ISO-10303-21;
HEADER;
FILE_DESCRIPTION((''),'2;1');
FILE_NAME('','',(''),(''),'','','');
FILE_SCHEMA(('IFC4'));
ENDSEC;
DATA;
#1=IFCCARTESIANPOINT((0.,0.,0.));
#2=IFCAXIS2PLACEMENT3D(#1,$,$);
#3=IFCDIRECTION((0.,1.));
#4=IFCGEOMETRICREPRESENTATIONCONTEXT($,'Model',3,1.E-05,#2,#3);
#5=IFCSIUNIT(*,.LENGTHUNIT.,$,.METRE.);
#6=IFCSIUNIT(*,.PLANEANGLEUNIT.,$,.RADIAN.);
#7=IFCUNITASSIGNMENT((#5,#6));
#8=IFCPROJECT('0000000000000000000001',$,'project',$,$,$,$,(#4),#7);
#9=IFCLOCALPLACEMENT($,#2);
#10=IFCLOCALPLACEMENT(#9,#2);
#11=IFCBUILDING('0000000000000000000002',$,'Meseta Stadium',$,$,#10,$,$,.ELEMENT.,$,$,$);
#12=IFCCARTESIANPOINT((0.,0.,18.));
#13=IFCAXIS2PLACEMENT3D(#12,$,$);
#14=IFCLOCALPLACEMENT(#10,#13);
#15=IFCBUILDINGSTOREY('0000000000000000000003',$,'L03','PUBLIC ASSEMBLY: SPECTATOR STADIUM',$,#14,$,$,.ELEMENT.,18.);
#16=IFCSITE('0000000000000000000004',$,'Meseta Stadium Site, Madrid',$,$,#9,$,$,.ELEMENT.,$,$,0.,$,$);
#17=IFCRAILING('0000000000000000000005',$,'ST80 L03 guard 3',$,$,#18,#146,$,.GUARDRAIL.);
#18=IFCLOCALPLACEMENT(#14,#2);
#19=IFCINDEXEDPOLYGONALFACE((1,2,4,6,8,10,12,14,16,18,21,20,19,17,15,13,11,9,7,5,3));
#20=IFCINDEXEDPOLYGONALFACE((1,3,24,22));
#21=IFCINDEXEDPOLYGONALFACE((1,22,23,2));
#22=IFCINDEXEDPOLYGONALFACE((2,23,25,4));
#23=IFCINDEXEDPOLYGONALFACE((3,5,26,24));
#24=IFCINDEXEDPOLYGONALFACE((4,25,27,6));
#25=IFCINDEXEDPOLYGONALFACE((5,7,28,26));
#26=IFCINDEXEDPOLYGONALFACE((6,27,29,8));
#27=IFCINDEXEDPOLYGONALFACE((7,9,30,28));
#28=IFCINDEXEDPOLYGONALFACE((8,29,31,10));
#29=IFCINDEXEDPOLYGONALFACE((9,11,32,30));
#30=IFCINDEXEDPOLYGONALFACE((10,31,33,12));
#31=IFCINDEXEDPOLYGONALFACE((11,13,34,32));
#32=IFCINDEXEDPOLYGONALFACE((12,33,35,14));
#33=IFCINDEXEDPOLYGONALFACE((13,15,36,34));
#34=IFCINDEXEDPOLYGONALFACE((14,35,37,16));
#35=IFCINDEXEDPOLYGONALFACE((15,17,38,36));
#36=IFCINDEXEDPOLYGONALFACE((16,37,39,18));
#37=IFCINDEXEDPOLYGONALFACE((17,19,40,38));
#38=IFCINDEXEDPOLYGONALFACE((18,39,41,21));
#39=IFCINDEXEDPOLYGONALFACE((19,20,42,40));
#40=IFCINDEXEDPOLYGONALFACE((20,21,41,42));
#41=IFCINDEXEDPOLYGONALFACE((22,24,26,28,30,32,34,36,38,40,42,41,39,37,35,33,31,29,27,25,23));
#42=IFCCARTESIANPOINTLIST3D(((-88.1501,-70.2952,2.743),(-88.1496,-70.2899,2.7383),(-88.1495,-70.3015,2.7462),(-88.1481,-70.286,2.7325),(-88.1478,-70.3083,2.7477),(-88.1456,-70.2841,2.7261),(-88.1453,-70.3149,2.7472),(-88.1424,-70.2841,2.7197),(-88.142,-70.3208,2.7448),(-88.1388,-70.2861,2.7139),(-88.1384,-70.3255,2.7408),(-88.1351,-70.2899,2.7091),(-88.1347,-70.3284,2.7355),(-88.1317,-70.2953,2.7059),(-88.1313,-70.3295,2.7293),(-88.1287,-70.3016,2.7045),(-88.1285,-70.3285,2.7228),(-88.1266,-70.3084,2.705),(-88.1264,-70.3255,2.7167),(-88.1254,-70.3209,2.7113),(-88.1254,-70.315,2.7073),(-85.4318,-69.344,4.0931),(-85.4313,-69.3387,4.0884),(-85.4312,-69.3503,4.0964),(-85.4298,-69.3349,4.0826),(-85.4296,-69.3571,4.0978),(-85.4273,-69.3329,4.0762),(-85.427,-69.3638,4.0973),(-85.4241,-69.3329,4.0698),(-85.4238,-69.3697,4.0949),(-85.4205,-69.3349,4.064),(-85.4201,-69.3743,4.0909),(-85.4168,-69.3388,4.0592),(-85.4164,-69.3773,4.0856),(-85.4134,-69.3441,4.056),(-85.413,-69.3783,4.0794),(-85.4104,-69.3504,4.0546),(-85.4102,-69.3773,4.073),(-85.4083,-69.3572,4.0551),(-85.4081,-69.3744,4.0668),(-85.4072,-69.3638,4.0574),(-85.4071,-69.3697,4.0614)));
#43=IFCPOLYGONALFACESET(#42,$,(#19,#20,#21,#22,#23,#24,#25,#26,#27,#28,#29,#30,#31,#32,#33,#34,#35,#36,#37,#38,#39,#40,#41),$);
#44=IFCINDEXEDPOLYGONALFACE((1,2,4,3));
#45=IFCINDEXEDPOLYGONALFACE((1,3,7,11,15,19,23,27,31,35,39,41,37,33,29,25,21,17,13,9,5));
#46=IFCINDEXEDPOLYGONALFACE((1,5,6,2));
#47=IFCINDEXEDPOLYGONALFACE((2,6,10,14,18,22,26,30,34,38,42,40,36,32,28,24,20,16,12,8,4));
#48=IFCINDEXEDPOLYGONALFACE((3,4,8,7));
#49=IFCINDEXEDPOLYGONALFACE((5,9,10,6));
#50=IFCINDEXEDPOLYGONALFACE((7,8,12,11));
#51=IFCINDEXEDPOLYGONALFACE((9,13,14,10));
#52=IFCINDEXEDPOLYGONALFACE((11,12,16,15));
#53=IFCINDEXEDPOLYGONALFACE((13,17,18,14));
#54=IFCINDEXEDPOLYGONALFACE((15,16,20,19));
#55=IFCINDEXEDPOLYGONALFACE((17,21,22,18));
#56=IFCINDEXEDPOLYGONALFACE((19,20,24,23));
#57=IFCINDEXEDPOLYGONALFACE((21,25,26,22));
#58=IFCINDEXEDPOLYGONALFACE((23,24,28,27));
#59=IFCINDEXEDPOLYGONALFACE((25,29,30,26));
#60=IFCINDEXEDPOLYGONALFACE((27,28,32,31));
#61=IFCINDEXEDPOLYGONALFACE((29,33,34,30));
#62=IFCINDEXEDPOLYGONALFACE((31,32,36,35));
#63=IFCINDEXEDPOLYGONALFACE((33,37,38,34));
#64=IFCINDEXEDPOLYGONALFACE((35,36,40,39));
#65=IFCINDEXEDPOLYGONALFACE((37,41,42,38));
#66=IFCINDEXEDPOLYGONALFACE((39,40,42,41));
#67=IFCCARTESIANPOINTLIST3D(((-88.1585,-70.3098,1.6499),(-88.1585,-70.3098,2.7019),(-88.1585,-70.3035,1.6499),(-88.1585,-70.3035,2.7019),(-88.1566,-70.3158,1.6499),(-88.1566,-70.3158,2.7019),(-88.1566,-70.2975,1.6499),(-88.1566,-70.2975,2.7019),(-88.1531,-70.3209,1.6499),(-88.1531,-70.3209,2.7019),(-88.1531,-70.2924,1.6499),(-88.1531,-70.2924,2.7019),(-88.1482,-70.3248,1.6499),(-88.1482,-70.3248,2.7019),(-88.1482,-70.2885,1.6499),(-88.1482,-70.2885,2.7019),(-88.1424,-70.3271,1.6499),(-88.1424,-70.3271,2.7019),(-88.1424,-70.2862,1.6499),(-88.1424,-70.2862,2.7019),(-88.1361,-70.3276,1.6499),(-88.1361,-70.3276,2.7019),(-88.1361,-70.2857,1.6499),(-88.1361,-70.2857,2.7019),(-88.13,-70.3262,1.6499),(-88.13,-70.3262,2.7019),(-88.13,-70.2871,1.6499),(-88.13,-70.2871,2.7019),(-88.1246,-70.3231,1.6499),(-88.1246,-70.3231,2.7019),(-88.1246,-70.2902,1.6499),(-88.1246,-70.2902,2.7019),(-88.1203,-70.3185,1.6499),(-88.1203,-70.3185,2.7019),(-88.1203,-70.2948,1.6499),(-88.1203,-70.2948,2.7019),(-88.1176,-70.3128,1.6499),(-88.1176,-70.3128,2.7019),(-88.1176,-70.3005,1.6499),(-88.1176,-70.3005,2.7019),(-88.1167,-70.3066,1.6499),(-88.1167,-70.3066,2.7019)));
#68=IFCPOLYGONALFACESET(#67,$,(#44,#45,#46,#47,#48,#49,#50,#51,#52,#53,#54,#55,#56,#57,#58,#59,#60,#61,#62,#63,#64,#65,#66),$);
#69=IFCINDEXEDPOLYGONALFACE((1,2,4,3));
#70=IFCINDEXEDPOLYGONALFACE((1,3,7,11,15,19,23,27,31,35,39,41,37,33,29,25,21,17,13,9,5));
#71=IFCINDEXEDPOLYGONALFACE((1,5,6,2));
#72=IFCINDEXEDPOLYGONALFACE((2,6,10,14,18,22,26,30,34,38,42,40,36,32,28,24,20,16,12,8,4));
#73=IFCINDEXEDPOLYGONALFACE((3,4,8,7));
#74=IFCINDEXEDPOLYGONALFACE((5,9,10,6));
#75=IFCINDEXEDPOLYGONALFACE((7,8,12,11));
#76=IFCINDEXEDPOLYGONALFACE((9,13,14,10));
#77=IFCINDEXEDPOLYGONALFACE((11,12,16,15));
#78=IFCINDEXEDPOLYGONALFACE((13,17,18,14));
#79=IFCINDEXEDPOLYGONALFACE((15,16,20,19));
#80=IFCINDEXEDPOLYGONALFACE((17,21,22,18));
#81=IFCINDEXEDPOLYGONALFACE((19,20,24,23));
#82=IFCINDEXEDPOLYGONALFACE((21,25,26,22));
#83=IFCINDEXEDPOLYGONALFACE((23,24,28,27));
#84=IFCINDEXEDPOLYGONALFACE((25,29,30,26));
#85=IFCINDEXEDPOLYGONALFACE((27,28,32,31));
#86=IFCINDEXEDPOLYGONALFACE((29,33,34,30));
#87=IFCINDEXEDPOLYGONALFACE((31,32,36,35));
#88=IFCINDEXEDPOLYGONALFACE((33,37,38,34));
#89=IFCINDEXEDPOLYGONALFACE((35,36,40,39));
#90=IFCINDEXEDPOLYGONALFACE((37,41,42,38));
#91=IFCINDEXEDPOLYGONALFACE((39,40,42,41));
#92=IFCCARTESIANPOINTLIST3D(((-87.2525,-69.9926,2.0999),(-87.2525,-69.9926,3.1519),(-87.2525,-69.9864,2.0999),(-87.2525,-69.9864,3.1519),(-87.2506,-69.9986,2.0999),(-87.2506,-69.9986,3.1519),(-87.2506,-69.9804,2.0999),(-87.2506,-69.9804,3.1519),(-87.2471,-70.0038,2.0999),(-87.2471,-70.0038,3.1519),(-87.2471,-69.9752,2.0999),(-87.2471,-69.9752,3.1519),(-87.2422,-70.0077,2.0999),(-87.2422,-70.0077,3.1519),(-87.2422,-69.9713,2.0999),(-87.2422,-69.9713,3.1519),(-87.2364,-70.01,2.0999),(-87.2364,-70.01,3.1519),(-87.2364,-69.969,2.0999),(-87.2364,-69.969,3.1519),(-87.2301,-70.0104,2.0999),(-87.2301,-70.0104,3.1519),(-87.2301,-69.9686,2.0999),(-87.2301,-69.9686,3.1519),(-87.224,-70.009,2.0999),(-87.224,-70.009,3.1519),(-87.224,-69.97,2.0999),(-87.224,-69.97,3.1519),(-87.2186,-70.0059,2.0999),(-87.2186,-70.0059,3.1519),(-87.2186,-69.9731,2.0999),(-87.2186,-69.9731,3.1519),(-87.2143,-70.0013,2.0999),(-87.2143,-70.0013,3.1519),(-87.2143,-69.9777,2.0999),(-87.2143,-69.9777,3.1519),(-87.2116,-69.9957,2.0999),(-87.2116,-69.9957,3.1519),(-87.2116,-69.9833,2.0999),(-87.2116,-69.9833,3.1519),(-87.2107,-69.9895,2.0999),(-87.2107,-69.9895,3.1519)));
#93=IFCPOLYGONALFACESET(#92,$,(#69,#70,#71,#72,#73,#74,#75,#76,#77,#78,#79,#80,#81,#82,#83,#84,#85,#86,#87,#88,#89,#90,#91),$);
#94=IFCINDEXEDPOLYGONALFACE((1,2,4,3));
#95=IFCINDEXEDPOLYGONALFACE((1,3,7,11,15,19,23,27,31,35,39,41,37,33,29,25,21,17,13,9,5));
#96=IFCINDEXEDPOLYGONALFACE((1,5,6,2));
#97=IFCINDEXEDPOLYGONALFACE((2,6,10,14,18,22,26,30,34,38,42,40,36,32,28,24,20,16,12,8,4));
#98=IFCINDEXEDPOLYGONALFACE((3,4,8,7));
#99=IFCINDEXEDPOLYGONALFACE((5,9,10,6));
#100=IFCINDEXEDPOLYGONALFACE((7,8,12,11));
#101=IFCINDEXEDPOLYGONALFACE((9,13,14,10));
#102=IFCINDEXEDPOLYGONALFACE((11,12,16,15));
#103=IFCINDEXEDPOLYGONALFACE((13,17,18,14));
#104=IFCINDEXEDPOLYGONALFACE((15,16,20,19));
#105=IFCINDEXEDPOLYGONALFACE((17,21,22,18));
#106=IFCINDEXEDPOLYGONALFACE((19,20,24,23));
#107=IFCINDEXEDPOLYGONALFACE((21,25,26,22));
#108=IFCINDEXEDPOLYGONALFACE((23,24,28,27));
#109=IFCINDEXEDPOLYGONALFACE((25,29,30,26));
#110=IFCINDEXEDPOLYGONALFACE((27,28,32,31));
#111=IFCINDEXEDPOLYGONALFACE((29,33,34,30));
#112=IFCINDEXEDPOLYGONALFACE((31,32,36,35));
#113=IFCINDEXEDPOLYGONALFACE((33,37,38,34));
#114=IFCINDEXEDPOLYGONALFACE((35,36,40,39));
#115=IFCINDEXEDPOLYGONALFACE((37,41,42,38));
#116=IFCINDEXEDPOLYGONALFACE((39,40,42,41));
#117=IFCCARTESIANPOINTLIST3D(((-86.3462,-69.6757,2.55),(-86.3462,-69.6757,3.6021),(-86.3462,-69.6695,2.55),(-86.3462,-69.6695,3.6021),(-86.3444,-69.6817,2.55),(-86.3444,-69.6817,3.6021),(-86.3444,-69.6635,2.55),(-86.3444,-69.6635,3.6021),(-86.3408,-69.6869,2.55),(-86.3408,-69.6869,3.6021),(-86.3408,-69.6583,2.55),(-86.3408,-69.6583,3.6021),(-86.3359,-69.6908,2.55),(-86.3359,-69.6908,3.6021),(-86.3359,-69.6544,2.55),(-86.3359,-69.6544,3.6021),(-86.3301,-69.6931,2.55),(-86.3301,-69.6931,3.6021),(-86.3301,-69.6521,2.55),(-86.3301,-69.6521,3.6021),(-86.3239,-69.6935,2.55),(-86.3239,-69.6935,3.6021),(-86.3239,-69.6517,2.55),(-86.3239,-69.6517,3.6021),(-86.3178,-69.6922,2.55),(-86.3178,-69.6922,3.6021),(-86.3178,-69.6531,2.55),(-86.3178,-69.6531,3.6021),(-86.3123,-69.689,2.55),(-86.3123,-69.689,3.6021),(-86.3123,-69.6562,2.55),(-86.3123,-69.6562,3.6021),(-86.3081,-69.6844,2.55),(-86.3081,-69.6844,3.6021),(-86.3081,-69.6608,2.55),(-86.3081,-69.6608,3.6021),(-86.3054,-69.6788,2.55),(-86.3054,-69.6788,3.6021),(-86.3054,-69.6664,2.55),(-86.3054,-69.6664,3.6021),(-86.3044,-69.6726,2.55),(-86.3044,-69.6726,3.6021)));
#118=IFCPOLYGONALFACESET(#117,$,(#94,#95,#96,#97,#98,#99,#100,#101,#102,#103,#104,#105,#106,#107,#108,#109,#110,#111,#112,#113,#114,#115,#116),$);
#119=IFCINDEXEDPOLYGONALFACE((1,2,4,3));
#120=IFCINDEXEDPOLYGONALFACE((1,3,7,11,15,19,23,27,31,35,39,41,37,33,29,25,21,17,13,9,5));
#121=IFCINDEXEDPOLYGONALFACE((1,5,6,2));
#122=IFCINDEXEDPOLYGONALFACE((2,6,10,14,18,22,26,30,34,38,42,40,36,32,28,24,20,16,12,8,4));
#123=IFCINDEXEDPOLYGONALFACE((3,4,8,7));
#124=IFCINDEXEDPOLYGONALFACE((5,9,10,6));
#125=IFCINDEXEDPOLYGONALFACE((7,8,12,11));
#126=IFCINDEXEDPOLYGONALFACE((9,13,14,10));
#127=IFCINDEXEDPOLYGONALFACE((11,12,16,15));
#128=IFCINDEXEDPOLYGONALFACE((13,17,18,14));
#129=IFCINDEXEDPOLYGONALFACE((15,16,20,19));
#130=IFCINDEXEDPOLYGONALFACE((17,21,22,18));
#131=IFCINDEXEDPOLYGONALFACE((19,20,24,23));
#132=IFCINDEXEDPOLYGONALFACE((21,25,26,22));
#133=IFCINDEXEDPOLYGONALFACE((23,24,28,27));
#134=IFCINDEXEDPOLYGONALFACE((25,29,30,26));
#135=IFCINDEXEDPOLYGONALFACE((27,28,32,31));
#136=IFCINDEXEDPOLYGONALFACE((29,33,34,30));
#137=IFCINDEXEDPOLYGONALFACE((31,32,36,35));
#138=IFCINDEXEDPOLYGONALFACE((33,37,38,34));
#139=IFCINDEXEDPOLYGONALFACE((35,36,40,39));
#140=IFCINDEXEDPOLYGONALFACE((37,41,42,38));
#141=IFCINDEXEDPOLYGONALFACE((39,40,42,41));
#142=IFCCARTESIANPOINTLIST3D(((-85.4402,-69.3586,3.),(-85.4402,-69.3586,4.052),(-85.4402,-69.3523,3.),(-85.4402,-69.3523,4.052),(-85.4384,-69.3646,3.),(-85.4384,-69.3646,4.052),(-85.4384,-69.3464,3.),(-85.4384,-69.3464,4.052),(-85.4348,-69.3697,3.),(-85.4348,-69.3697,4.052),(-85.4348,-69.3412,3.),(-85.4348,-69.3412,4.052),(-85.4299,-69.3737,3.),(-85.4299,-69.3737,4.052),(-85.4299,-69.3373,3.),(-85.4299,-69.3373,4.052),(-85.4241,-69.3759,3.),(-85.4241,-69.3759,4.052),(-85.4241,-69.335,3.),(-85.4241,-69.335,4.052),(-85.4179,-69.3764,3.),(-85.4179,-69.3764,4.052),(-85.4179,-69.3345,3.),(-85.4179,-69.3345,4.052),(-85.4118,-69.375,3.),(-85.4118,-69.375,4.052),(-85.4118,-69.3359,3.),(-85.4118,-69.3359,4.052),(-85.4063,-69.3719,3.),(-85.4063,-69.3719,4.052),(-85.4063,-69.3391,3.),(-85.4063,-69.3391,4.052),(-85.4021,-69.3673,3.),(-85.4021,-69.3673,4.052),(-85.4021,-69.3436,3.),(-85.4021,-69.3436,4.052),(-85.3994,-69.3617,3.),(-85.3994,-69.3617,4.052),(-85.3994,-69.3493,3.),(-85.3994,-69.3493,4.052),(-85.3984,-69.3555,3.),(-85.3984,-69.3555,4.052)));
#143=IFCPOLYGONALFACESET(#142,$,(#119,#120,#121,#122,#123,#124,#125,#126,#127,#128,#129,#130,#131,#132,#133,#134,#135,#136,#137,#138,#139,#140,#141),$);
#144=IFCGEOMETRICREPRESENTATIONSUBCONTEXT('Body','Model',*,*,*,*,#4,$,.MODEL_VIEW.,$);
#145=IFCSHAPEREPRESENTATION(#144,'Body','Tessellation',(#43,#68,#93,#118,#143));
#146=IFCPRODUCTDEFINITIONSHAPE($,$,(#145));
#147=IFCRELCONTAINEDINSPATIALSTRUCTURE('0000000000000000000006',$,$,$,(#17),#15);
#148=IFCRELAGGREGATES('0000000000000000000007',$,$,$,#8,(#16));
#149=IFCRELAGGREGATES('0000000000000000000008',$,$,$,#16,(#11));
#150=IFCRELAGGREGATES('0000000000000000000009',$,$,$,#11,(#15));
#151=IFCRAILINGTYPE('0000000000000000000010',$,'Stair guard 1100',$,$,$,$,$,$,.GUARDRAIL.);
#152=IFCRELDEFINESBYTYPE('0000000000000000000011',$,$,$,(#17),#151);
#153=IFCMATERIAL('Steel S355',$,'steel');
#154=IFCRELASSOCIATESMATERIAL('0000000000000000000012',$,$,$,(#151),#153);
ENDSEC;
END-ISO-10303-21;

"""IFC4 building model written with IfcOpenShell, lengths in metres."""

from ifc_helpers import new_model, si_unit, direction, frame, origin, origin_2d, place, context, subcontext, project, spatial, circle, extrude, material, type_object, element, save


model = new_model("IFC4")

# Units and contexts
model_context = context("Model", 3, precision=1e-05, world=origin(), true_north=direction((0.0, 1.0)))
body_context = subcontext(model_context, "Body", "Model", "MODEL_VIEW")
ifc_project = project(units=[si_unit("LENGTHUNIT", "METRE"), si_unit("PLANEANGLEUNIT", "RADIAN")], contexts=[model_context])

# Site, building, storey
site_placement = place(None, origin())
site = spatial("IfcSite", under=ifc_project, at=site_placement, Name="Meseta Stadium Site, Madrid", CompositionType="ELEMENT", RefElevation=0.0)
building_placement = place(site_placement, origin())
building = spatial("IfcBuilding", under=site, at=building_placement, Name="Meseta Stadium", CompositionType="ELEMENT")
storey_placement = place(building_placement, frame((0.0, 0.0, 18.0)))
storey = spatial("IfcBuildingStorey", under=building, at=storey_placement, Name="L03", Description="PUBLIC ASSEMBLY: SPECTATOR STADIUM", CompositionType="ELEMENT", Elevation=18.0)

# Railing
ifc_material_1 = material(Name="Steel S355", Category="steel")
railing_type_1 = type_object("IfcRailingType", Name="Stair guard 1100", PredefinedType="GUARDRAIL", material=ifc_material_1)
railing_1_placement = place(storey_placement, frame((-88.1377, -70.3066, 1.6499)))
element("IfcRailing", 1, at=railing_1_placement, inside=storey, type_object=railing_type_1, Name="ST80 L03 guard 3", PredefinedType="GUARDRAIL", context=body_context, shape_type="SweptSolid", body=[
    extrude(circle(Radius=0.0239, at=origin_2d()), frame((0.0, 0.0, 1.0762), z_axis=(0.854629, 0.299051, 0.424474), x_axis=(-0.330282, 0.943882, 0.0)), (0.0, 0.0, 1.0), 3.1807),
    extrude(circle(Radius=0.021, at=origin_2d()), origin(), (0.0, 0.0, 1.0), 1.052),
    extrude(circle(Radius=0.021, at=origin_2d()), frame((0.906, 0.3171, 0.45)), (0.0, 0.0, 1.0), 1.052),
    extrude(circle(Radius=0.021, at=origin_2d()), frame((1.8123, 0.634, 0.9001)), (0.0, 0.0, 1.0), 1.052),
    extrude(circle(Radius=0.021, at=origin_2d()), frame((2.7183, 0.9512, 1.3501)), (0.0, 0.0, 1.0), 1.052),
])

save(model, "model.ifc")
